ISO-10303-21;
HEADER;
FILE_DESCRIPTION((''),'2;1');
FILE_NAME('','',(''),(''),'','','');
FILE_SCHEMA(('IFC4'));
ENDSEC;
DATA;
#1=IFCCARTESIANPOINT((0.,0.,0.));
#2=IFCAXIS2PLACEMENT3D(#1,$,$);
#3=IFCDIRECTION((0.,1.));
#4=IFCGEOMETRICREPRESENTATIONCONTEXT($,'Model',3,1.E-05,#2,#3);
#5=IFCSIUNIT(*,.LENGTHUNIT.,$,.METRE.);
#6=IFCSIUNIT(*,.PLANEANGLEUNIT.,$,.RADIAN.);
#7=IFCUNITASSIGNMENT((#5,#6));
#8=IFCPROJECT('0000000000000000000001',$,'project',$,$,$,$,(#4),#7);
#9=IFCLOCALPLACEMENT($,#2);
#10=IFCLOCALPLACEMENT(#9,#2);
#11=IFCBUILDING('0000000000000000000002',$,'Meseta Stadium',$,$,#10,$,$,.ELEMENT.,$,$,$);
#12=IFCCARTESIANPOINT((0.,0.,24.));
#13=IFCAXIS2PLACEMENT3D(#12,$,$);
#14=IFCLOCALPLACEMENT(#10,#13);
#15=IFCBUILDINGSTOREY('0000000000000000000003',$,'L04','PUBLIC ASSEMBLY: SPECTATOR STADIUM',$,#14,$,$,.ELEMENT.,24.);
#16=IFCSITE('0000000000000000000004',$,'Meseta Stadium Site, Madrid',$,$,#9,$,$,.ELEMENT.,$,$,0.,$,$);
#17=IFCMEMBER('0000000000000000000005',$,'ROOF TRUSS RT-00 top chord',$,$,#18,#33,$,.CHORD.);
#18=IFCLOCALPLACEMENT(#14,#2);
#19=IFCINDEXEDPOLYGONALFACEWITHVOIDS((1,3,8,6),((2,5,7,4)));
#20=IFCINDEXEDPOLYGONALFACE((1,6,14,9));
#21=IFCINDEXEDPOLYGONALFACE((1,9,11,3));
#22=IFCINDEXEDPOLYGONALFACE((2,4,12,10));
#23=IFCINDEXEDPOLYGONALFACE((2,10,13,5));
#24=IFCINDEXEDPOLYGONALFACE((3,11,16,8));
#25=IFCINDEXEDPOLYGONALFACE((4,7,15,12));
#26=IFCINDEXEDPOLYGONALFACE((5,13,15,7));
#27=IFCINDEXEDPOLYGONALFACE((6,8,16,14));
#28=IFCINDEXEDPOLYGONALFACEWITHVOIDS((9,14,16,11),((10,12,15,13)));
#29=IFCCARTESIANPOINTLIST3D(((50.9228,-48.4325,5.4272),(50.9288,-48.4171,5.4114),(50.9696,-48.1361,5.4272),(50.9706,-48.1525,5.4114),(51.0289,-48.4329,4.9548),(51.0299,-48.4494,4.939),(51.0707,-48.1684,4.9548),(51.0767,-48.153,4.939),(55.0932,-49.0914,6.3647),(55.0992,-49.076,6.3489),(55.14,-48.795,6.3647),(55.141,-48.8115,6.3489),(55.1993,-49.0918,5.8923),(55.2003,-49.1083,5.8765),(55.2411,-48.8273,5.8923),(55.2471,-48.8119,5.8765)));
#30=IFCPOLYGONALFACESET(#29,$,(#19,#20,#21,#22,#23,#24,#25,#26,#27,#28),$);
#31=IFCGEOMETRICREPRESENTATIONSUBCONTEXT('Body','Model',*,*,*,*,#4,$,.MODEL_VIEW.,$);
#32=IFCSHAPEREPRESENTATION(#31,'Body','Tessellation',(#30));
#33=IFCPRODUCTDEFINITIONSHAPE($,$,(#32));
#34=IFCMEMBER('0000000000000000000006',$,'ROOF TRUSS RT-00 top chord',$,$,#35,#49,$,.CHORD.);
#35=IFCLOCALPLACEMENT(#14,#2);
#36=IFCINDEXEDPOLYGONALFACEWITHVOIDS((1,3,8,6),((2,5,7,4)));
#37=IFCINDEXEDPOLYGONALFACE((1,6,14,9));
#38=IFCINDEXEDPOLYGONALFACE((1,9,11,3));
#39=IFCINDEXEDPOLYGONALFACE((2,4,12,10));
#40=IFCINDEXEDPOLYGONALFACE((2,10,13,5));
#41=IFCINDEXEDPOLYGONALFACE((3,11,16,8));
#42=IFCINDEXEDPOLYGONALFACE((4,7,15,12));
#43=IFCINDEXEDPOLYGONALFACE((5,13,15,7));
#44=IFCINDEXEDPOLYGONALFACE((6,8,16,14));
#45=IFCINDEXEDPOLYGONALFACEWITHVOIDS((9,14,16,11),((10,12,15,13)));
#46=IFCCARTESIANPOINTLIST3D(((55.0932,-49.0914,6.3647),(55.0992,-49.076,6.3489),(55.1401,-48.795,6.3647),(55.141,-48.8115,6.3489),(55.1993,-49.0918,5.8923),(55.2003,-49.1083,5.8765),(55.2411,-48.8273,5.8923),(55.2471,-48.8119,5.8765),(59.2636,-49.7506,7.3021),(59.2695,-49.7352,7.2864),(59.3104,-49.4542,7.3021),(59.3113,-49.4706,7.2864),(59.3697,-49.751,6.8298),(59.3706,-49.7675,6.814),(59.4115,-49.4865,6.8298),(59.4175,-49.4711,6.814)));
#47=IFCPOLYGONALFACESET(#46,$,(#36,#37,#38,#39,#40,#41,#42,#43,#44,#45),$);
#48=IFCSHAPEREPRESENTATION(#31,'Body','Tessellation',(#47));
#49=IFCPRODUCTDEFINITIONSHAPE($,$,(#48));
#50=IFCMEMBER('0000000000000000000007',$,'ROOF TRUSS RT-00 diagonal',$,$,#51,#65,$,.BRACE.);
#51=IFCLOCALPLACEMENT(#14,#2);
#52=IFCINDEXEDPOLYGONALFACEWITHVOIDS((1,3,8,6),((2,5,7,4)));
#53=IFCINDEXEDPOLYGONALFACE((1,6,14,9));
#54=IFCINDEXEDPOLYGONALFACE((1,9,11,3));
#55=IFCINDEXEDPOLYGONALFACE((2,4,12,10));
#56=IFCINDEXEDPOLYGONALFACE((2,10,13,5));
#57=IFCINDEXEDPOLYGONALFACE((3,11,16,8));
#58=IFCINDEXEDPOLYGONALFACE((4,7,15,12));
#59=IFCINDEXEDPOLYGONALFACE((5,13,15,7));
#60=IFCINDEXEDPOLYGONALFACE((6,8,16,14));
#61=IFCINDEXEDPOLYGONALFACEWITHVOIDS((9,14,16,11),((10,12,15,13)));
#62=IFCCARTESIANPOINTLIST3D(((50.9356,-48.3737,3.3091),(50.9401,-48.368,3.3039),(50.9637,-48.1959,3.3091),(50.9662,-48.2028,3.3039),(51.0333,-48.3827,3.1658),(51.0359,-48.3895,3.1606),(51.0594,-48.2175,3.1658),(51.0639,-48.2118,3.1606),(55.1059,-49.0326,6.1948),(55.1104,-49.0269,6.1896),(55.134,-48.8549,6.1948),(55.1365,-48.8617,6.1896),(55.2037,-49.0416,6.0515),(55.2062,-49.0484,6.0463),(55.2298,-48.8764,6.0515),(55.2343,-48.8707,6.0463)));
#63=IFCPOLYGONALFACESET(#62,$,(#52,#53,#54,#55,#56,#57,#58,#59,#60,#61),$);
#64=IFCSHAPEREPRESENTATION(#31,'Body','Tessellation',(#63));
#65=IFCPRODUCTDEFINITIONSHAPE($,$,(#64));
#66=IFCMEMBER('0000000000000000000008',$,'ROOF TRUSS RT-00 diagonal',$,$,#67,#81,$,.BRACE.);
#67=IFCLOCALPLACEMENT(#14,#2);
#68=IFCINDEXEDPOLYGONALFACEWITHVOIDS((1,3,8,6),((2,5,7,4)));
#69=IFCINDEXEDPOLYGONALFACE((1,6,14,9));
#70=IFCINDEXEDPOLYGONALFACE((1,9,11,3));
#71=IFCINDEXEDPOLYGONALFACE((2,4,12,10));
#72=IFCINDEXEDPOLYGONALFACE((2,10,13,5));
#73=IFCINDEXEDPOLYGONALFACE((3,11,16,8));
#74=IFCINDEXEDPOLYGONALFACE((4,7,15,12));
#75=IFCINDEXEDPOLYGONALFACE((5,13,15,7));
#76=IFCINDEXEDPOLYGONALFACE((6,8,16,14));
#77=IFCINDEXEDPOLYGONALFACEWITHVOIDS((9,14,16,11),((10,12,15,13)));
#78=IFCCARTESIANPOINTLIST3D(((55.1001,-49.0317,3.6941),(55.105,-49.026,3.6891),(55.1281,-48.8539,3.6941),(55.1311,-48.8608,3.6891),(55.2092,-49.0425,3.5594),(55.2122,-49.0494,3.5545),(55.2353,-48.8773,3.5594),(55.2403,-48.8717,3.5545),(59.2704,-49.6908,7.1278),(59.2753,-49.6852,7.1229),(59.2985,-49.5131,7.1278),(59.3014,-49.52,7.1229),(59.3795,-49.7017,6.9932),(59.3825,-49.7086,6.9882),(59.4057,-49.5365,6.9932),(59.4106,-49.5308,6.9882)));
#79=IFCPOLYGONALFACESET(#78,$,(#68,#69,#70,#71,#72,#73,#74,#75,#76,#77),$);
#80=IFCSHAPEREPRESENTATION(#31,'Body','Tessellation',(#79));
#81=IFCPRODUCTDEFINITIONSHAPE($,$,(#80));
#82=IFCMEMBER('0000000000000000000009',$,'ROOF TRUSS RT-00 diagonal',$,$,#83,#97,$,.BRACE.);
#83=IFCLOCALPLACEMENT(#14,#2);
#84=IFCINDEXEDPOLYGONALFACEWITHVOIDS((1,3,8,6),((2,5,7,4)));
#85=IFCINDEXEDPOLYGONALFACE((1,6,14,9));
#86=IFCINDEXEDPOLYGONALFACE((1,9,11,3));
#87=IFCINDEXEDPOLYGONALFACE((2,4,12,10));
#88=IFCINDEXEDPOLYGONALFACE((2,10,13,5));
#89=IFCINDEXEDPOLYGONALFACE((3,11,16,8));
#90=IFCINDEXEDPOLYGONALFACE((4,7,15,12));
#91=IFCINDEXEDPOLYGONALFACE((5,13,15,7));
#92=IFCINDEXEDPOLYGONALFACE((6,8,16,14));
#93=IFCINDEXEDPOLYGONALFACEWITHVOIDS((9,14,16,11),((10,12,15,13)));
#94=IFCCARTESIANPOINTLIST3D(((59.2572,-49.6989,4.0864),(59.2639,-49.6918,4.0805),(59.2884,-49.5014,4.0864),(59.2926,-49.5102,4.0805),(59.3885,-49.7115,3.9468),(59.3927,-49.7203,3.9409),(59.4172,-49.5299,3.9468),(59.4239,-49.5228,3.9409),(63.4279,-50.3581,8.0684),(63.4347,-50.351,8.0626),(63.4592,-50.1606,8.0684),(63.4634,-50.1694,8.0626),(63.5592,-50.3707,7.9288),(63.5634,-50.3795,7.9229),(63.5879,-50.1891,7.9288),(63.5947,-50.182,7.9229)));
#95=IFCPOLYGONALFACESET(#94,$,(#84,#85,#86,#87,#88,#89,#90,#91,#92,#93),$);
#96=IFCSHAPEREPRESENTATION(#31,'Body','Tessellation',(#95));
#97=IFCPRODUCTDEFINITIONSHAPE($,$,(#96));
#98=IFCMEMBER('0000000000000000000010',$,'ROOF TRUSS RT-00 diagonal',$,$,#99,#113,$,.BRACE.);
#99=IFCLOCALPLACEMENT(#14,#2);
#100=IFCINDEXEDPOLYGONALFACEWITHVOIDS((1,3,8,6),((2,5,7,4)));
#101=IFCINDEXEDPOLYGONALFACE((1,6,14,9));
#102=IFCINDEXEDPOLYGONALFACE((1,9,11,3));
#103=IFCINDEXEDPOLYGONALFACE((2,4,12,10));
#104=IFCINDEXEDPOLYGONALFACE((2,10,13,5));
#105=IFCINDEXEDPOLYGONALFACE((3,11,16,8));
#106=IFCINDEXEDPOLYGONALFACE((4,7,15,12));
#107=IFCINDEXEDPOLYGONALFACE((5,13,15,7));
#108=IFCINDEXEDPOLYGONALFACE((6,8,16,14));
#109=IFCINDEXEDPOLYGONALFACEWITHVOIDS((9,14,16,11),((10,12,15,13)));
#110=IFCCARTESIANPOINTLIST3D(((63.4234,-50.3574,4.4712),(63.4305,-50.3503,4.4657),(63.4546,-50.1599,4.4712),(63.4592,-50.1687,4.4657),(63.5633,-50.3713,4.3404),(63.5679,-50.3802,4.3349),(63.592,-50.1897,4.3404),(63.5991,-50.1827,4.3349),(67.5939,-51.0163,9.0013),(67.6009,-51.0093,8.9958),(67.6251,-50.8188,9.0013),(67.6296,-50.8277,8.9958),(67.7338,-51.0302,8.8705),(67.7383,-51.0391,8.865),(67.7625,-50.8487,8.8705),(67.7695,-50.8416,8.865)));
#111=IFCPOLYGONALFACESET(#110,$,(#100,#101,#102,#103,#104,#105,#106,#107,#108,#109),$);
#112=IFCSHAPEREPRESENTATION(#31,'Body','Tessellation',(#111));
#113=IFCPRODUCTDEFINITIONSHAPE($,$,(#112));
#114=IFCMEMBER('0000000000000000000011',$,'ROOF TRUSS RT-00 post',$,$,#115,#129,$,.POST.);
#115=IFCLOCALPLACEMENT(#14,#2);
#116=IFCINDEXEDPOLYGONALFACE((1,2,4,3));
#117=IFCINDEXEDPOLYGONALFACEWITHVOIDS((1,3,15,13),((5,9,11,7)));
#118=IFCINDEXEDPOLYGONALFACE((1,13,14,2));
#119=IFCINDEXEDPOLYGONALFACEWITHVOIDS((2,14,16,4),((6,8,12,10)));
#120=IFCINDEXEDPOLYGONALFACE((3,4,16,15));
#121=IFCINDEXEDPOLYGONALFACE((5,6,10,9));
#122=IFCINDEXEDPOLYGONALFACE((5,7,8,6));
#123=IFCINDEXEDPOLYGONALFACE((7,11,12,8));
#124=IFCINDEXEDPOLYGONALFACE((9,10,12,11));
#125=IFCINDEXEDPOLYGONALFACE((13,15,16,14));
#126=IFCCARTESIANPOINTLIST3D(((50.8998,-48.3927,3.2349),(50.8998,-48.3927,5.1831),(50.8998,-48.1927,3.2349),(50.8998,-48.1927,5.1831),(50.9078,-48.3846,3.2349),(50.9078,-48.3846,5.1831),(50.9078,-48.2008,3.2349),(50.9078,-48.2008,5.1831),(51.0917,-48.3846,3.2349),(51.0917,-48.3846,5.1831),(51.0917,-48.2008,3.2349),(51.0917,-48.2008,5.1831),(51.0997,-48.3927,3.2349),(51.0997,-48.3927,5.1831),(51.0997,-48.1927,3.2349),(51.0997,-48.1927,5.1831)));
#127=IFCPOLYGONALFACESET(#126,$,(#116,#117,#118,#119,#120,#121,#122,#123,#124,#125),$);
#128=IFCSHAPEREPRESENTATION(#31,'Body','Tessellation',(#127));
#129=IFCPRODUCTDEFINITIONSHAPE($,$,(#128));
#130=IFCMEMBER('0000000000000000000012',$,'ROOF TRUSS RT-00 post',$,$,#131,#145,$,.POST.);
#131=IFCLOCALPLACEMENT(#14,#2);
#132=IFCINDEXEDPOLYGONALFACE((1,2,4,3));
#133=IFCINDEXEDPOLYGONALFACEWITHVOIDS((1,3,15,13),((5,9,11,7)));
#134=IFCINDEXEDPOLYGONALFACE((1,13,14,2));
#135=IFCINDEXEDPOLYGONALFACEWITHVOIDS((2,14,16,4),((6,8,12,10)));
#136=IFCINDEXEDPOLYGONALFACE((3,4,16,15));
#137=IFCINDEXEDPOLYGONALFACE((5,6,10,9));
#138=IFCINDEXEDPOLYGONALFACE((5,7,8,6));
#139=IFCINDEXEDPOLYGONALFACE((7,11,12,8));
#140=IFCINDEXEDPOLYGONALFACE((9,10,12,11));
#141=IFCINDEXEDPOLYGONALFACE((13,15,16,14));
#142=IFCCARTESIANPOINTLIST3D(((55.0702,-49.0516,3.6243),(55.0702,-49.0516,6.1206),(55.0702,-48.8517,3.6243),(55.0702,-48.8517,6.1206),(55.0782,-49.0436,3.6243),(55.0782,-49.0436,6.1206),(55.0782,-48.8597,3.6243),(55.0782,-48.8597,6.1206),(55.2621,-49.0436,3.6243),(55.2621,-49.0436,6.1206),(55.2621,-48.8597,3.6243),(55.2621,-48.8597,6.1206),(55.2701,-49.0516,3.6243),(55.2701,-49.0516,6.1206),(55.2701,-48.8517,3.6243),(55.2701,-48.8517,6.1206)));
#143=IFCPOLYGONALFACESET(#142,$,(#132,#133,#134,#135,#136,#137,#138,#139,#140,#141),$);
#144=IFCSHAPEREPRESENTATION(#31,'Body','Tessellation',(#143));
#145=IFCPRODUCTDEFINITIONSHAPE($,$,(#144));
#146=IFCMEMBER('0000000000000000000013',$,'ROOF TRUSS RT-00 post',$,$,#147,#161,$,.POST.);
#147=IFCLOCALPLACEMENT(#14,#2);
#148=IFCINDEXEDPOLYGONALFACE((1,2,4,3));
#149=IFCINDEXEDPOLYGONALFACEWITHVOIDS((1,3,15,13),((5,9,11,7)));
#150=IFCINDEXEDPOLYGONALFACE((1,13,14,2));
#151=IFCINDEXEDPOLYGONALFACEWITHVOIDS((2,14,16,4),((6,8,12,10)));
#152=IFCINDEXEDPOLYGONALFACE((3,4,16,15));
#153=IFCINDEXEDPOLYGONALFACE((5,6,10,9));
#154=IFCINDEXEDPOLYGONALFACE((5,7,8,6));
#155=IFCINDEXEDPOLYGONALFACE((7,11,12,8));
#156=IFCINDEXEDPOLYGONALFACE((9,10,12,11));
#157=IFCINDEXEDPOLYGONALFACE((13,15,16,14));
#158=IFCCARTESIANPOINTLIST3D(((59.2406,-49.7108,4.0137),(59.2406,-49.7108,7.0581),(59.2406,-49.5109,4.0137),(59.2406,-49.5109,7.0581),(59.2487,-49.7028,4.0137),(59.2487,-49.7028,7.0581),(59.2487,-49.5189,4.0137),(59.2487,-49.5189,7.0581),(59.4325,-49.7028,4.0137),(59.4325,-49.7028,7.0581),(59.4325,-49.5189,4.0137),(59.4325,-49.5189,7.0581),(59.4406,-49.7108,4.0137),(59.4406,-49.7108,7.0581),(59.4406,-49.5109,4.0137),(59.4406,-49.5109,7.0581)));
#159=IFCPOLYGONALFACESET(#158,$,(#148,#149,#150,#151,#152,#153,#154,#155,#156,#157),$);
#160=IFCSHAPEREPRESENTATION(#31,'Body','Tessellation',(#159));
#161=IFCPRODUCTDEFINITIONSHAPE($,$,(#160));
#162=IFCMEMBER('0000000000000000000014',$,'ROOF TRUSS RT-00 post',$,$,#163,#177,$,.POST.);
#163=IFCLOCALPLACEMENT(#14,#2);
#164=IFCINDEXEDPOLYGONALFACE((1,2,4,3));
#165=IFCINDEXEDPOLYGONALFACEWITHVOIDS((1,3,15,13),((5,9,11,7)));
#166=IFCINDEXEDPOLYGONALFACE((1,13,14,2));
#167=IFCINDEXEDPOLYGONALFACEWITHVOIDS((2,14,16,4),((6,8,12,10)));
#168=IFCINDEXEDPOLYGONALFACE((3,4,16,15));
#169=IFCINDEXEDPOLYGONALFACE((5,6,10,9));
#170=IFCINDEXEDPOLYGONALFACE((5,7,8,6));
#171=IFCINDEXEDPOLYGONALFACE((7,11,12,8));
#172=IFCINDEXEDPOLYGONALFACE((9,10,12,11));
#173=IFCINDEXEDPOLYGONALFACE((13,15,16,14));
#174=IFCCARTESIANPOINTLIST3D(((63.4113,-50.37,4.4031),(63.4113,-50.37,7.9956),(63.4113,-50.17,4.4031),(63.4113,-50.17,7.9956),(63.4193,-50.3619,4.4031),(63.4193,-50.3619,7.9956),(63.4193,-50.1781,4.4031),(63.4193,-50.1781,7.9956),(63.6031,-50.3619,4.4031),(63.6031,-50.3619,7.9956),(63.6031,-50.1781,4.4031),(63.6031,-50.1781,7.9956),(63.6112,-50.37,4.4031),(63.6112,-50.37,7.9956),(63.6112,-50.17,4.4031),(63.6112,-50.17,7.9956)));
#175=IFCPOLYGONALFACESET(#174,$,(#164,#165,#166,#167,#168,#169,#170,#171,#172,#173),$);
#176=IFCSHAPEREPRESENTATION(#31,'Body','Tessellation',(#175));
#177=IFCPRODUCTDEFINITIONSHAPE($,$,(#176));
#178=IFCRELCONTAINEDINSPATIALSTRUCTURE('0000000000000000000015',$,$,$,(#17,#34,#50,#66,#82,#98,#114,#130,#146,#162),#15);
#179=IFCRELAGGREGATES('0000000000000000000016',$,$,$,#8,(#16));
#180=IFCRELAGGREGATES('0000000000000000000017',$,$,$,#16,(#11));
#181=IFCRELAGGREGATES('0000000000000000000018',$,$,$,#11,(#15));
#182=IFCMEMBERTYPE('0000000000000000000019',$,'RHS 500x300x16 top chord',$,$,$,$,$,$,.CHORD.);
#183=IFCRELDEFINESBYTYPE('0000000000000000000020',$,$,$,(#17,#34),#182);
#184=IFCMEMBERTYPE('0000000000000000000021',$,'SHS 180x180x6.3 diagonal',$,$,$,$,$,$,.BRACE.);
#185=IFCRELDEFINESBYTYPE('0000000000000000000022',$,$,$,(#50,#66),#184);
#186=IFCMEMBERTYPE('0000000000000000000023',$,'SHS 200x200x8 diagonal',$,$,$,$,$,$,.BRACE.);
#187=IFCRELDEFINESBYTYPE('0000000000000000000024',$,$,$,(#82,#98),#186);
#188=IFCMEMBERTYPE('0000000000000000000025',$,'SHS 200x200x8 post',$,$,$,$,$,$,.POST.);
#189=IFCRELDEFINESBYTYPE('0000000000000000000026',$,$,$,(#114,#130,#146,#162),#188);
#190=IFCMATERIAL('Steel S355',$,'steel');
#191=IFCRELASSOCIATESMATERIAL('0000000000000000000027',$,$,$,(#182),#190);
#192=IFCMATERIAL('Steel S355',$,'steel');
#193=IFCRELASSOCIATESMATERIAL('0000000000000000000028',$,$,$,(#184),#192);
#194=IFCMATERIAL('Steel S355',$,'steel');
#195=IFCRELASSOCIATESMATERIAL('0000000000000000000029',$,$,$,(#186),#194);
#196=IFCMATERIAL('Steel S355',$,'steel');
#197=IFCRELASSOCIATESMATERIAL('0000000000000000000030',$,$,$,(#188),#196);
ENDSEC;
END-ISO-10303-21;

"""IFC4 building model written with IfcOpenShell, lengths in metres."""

from ifc_helpers import new_model, si_unit, direction, frame, origin, origin_2d, place, context, subcontext, project, spatial, hollow_rectangle, extrude, material, material_profile, profile_set, type_object, element, save


model = new_model("IFC4")

# Units and contexts
model_context = context("Model", 3, precision=1e-05, world=origin(), true_north=direction((0.0, 1.0)))
body_context = subcontext(model_context, "Body", "Model", "MODEL_VIEW")
ifc_project = project(units=[si_unit("LENGTHUNIT", "METRE"), si_unit("PLANEANGLEUNIT", "RADIAN")], contexts=[model_context])

# Site, building, storey
site_placement = place(None, origin())
site = spatial("IfcSite", under=ifc_project, at=site_placement, Name="Meseta Stadium Site, Madrid", CompositionType="ELEMENT", RefElevation=0.0)
building_placement = place(site_placement, origin())
building = spatial("IfcBuilding", under=site, at=building_placement, Name="Meseta Stadium", CompositionType="ELEMENT")
storey_placement = place(building_placement, frame((0.0, 0.0, 24.0)))
storey = spatial("IfcBuildingStorey", under=building, at=storey_placement, Name="L04", Description="PUBLIC ASSEMBLY: SPECTATOR STADIUM", CompositionType="ELEMENT", Elevation=24.0)

# Members
ifc_material_1 = material(Name="Steel S355", Category="steel")
ifc_material_profile_1 = material_profile(ifc_material_1, hollow_rectangle(XDim=0.3, YDim=0.5, WallThickness=0.0161, at=origin_2d()), Name="RHS 500x300x16")
ifc_profile_set_1 = profile_set([ifc_material_profile_1], Name="Steel S355")
member_type_1 = type_object("IfcMemberType", Name="RHS 500x300x16 top chord", PredefinedType="CHORD", material=ifc_profile_set_1)
for number, where, z_axis, x_axis, name in (
    (1, (50.9998, -48.2927, 5.1831), (0.964262, -0.152356, 0.216764), (0.156066, 0.987747, 0.0), "ROOF TRUSS RT-00 top chord"),
    (2, (55.1702, -48.9517, 6.1206), (0.964254, -0.152411, 0.216762), (0.156123, 0.987738, 0.0), "ROOF TRUSS RT-00 top chord"),
):
    element("IfcMember", number, at=place(storey_placement, frame(where, z_axis=z_axis, x_axis=x_axis)), inside=storey, type_object=member_type_1, Name=name, PredefinedType="CHORD", context=body_context, shape_type="SweptSolid", body=[
        extrude(hollow_rectangle(XDim=0.3, YDim=0.5, WallThickness=0.0161, at=origin_2d()), origin(), (0.0, 0.0, 1.0), 4.325),
    ])
ifc_material_2 = material(Name="Steel S355", Category="steel")
ifc_material_profile_2 = material_profile(ifc_material_2, hollow_rectangle(XDim=0.1799, YDim=0.1799, WallThickness=0.0063, at=origin_2d()), Name="SHS 180x180x6.3")
ifc_profile_set_2 = profile_set([ifc_material_profile_2], Name="Steel S355")
member_type_2 = type_object("IfcMemberType", Name="SHS 180x180x6.3 diagonal", PredefinedType="BRACE", material=ifc_profile_set_2)
member_1_placement = place(storey_placement, frame((50.9998, -48.2927, 3.2349), z_axis=(0.815473, -0.128847, 0.564272), x_axis=(0.156066, 0.987747, 0.0)))
element("IfcMember", 3, at=member_1_placement, inside=storey, type_object=member_type_2, Name="ROOF TRUSS RT-00 diagonal", PredefinedType="BRACE", context=body_context, shape_type="SweptSolid", body=[
    extrude(hollow_rectangle(XDim=0.1799, YDim=0.1799, WallThickness=0.0063, at=origin_2d()), origin(), (0.0, 0.0, 1.0), 5.114),
])
member_2_placement = place(storey_placement, frame((55.1702, -48.9517, 3.6243), z_axis=(0.766303, -0.121123, 0.630959), x_axis=(0.156123, 0.987738, 0.0)))
element("IfcMember", 4, at=member_2_placement, inside=storey, type_object=member_type_2, Name="ROOF TRUSS RT-00 diagonal", PredefinedType="BRACE", context=body_context, shape_type="SweptSolid", body=[
    extrude(hollow_rectangle(XDim=0.1799, YDim=0.1799, WallThickness=0.0063, at=origin_2d()), origin(), (0.0, 0.0, 1.0), 5.4421),
])
ifc_material_3 = material(Name="Steel S355", Category="steel")
ifc_material_profile_3 = material_profile(ifc_material_3, hollow_rectangle(XDim=0.2, YDim=0.2, WallThickness=0.0081, at=origin_2d()), Name="SHS 200x200x8")
ifc_profile_set_3 = profile_set([ifc_material_profile_3], Name="Steel S355")
member_type_3 = type_object("IfcMemberType", Name="SHS 200x200x8 diagonal", PredefinedType="BRACE", material=ifc_profile_set_3)
member_3_placement = place(storey_placement, frame((59.3406, -49.6108, 4.0137), z_axis=(0.718601, -0.113576, 0.686085), x_axis=(0.156114, 0.987739, 0.0)))
element("IfcMember", 5, at=member_3_placement, inside=storey, type_object=member_type_3, Name="ROOF TRUSS RT-00 diagonal", PredefinedType="BRACE", context=body_context, shape_type="SweptSolid", body=[
    extrude(hollow_rectangle(XDim=0.2, YDim=0.2, WallThickness=0.0081, at=origin_2d()), origin(), (0.0, 0.0, 1.0), 5.804),
])
member_4_placement = place(storey_placement, frame((63.5112, -50.27, 4.4031), z_axis=(0.673456, -0.106408, 0.731529), x_axis=(0.156066, 0.987747, 0.0)))
element("IfcMember", 6, at=member_4_placement, inside=storey, type_object=member_type_3, Name="ROOF TRUSS RT-00 diagonal", PredefinedType="BRACE", context=body_context, shape_type="SweptSolid", body=[
    extrude(hollow_rectangle(XDim=0.2, YDim=0.2, WallThickness=0.0081, at=origin_2d()), origin(), (0.0, 0.0, 1.0), 6.1926),
])
ifc_material_4 = material(Name="Steel S355", Category="steel")
ifc_material_profile_4 = material_profile(ifc_material_4, hollow_rectangle(XDim=0.2, YDim=0.2, WallThickness=0.0081, at=origin_2d()), Name="SHS 200x200x8")
ifc_profile_set_4 = profile_set([ifc_material_profile_4], Name="Steel S355")
member_type_4 = type_object("IfcMemberType", Name="SHS 200x200x8 post", PredefinedType="POST", material=ifc_profile_set_4)
member_5_placement = place(storey_placement, frame((50.9998, -48.2927, 3.2349), z_axis=(0.0, 0.0, 1.0), x_axis=(1.0, 0.0, 0.0)))
element("IfcMember", 7, at=member_5_placement, inside=storey, type_object=member_type_4, Name="ROOF TRUSS RT-00 post", PredefinedType="POST", context=body_context, shape_type="SweptSolid", body=[
    extrude(hollow_rectangle(XDim=0.2, YDim=0.2, WallThickness=0.0081, at=origin_2d()), origin(), (0.0, 0.0, 1.0), 1.9482),
])
member_6_placement = place(storey_placement, frame((55.1702, -48.9517, 3.6243), z_axis=(0.0, 0.0, 1.0), x_axis=(1.0, 0.0, 0.0)))
element("IfcMember", 8, at=member_6_placement, inside=storey, type_object=member_type_4, Name="ROOF TRUSS RT-00 post", PredefinedType="POST", context=body_context, shape_type="SweptSolid", body=[
    extrude(hollow_rectangle(XDim=0.2, YDim=0.2, WallThickness=0.0081, at=origin_2d()), origin(), (0.0, 0.0, 1.0), 2.4963),
])
member_7_placement = place(storey_placement, frame((59.3406, -49.6108, 4.0137), z_axis=(0.0, 0.0, 1.0), x_axis=(1.0, 0.0, 0.0)))
element("IfcMember", 9, at=member_7_placement, inside=storey, type_object=member_type_4, Name="ROOF TRUSS RT-00 post", PredefinedType="POST", context=body_context, shape_type="SweptSolid", body=[
    extrude(hollow_rectangle(XDim=0.2, YDim=0.2, WallThickness=0.0081, at=origin_2d()), origin(), (0.0, 0.0, 1.0), 3.0444),
])
member_8_placement = place(storey_placement, frame((63.5112, -50.27, 4.4031), z_axis=(0.0, 0.0, 1.0), x_axis=(1.0, 0.0, 0.0)))
element("IfcMember", 10, at=member_8_placement, inside=storey, type_object=member_type_4, Name="ROOF TRUSS RT-00 post", PredefinedType="POST", context=body_context, shape_type="SweptSolid", body=[
    extrude(hollow_rectangle(XDim=0.2, YDim=0.2, WallThickness=0.0081, at=origin_2d()), origin(), (0.0, 0.0, 1.0), 3.5925),
])

save(model, "model.ifc")
